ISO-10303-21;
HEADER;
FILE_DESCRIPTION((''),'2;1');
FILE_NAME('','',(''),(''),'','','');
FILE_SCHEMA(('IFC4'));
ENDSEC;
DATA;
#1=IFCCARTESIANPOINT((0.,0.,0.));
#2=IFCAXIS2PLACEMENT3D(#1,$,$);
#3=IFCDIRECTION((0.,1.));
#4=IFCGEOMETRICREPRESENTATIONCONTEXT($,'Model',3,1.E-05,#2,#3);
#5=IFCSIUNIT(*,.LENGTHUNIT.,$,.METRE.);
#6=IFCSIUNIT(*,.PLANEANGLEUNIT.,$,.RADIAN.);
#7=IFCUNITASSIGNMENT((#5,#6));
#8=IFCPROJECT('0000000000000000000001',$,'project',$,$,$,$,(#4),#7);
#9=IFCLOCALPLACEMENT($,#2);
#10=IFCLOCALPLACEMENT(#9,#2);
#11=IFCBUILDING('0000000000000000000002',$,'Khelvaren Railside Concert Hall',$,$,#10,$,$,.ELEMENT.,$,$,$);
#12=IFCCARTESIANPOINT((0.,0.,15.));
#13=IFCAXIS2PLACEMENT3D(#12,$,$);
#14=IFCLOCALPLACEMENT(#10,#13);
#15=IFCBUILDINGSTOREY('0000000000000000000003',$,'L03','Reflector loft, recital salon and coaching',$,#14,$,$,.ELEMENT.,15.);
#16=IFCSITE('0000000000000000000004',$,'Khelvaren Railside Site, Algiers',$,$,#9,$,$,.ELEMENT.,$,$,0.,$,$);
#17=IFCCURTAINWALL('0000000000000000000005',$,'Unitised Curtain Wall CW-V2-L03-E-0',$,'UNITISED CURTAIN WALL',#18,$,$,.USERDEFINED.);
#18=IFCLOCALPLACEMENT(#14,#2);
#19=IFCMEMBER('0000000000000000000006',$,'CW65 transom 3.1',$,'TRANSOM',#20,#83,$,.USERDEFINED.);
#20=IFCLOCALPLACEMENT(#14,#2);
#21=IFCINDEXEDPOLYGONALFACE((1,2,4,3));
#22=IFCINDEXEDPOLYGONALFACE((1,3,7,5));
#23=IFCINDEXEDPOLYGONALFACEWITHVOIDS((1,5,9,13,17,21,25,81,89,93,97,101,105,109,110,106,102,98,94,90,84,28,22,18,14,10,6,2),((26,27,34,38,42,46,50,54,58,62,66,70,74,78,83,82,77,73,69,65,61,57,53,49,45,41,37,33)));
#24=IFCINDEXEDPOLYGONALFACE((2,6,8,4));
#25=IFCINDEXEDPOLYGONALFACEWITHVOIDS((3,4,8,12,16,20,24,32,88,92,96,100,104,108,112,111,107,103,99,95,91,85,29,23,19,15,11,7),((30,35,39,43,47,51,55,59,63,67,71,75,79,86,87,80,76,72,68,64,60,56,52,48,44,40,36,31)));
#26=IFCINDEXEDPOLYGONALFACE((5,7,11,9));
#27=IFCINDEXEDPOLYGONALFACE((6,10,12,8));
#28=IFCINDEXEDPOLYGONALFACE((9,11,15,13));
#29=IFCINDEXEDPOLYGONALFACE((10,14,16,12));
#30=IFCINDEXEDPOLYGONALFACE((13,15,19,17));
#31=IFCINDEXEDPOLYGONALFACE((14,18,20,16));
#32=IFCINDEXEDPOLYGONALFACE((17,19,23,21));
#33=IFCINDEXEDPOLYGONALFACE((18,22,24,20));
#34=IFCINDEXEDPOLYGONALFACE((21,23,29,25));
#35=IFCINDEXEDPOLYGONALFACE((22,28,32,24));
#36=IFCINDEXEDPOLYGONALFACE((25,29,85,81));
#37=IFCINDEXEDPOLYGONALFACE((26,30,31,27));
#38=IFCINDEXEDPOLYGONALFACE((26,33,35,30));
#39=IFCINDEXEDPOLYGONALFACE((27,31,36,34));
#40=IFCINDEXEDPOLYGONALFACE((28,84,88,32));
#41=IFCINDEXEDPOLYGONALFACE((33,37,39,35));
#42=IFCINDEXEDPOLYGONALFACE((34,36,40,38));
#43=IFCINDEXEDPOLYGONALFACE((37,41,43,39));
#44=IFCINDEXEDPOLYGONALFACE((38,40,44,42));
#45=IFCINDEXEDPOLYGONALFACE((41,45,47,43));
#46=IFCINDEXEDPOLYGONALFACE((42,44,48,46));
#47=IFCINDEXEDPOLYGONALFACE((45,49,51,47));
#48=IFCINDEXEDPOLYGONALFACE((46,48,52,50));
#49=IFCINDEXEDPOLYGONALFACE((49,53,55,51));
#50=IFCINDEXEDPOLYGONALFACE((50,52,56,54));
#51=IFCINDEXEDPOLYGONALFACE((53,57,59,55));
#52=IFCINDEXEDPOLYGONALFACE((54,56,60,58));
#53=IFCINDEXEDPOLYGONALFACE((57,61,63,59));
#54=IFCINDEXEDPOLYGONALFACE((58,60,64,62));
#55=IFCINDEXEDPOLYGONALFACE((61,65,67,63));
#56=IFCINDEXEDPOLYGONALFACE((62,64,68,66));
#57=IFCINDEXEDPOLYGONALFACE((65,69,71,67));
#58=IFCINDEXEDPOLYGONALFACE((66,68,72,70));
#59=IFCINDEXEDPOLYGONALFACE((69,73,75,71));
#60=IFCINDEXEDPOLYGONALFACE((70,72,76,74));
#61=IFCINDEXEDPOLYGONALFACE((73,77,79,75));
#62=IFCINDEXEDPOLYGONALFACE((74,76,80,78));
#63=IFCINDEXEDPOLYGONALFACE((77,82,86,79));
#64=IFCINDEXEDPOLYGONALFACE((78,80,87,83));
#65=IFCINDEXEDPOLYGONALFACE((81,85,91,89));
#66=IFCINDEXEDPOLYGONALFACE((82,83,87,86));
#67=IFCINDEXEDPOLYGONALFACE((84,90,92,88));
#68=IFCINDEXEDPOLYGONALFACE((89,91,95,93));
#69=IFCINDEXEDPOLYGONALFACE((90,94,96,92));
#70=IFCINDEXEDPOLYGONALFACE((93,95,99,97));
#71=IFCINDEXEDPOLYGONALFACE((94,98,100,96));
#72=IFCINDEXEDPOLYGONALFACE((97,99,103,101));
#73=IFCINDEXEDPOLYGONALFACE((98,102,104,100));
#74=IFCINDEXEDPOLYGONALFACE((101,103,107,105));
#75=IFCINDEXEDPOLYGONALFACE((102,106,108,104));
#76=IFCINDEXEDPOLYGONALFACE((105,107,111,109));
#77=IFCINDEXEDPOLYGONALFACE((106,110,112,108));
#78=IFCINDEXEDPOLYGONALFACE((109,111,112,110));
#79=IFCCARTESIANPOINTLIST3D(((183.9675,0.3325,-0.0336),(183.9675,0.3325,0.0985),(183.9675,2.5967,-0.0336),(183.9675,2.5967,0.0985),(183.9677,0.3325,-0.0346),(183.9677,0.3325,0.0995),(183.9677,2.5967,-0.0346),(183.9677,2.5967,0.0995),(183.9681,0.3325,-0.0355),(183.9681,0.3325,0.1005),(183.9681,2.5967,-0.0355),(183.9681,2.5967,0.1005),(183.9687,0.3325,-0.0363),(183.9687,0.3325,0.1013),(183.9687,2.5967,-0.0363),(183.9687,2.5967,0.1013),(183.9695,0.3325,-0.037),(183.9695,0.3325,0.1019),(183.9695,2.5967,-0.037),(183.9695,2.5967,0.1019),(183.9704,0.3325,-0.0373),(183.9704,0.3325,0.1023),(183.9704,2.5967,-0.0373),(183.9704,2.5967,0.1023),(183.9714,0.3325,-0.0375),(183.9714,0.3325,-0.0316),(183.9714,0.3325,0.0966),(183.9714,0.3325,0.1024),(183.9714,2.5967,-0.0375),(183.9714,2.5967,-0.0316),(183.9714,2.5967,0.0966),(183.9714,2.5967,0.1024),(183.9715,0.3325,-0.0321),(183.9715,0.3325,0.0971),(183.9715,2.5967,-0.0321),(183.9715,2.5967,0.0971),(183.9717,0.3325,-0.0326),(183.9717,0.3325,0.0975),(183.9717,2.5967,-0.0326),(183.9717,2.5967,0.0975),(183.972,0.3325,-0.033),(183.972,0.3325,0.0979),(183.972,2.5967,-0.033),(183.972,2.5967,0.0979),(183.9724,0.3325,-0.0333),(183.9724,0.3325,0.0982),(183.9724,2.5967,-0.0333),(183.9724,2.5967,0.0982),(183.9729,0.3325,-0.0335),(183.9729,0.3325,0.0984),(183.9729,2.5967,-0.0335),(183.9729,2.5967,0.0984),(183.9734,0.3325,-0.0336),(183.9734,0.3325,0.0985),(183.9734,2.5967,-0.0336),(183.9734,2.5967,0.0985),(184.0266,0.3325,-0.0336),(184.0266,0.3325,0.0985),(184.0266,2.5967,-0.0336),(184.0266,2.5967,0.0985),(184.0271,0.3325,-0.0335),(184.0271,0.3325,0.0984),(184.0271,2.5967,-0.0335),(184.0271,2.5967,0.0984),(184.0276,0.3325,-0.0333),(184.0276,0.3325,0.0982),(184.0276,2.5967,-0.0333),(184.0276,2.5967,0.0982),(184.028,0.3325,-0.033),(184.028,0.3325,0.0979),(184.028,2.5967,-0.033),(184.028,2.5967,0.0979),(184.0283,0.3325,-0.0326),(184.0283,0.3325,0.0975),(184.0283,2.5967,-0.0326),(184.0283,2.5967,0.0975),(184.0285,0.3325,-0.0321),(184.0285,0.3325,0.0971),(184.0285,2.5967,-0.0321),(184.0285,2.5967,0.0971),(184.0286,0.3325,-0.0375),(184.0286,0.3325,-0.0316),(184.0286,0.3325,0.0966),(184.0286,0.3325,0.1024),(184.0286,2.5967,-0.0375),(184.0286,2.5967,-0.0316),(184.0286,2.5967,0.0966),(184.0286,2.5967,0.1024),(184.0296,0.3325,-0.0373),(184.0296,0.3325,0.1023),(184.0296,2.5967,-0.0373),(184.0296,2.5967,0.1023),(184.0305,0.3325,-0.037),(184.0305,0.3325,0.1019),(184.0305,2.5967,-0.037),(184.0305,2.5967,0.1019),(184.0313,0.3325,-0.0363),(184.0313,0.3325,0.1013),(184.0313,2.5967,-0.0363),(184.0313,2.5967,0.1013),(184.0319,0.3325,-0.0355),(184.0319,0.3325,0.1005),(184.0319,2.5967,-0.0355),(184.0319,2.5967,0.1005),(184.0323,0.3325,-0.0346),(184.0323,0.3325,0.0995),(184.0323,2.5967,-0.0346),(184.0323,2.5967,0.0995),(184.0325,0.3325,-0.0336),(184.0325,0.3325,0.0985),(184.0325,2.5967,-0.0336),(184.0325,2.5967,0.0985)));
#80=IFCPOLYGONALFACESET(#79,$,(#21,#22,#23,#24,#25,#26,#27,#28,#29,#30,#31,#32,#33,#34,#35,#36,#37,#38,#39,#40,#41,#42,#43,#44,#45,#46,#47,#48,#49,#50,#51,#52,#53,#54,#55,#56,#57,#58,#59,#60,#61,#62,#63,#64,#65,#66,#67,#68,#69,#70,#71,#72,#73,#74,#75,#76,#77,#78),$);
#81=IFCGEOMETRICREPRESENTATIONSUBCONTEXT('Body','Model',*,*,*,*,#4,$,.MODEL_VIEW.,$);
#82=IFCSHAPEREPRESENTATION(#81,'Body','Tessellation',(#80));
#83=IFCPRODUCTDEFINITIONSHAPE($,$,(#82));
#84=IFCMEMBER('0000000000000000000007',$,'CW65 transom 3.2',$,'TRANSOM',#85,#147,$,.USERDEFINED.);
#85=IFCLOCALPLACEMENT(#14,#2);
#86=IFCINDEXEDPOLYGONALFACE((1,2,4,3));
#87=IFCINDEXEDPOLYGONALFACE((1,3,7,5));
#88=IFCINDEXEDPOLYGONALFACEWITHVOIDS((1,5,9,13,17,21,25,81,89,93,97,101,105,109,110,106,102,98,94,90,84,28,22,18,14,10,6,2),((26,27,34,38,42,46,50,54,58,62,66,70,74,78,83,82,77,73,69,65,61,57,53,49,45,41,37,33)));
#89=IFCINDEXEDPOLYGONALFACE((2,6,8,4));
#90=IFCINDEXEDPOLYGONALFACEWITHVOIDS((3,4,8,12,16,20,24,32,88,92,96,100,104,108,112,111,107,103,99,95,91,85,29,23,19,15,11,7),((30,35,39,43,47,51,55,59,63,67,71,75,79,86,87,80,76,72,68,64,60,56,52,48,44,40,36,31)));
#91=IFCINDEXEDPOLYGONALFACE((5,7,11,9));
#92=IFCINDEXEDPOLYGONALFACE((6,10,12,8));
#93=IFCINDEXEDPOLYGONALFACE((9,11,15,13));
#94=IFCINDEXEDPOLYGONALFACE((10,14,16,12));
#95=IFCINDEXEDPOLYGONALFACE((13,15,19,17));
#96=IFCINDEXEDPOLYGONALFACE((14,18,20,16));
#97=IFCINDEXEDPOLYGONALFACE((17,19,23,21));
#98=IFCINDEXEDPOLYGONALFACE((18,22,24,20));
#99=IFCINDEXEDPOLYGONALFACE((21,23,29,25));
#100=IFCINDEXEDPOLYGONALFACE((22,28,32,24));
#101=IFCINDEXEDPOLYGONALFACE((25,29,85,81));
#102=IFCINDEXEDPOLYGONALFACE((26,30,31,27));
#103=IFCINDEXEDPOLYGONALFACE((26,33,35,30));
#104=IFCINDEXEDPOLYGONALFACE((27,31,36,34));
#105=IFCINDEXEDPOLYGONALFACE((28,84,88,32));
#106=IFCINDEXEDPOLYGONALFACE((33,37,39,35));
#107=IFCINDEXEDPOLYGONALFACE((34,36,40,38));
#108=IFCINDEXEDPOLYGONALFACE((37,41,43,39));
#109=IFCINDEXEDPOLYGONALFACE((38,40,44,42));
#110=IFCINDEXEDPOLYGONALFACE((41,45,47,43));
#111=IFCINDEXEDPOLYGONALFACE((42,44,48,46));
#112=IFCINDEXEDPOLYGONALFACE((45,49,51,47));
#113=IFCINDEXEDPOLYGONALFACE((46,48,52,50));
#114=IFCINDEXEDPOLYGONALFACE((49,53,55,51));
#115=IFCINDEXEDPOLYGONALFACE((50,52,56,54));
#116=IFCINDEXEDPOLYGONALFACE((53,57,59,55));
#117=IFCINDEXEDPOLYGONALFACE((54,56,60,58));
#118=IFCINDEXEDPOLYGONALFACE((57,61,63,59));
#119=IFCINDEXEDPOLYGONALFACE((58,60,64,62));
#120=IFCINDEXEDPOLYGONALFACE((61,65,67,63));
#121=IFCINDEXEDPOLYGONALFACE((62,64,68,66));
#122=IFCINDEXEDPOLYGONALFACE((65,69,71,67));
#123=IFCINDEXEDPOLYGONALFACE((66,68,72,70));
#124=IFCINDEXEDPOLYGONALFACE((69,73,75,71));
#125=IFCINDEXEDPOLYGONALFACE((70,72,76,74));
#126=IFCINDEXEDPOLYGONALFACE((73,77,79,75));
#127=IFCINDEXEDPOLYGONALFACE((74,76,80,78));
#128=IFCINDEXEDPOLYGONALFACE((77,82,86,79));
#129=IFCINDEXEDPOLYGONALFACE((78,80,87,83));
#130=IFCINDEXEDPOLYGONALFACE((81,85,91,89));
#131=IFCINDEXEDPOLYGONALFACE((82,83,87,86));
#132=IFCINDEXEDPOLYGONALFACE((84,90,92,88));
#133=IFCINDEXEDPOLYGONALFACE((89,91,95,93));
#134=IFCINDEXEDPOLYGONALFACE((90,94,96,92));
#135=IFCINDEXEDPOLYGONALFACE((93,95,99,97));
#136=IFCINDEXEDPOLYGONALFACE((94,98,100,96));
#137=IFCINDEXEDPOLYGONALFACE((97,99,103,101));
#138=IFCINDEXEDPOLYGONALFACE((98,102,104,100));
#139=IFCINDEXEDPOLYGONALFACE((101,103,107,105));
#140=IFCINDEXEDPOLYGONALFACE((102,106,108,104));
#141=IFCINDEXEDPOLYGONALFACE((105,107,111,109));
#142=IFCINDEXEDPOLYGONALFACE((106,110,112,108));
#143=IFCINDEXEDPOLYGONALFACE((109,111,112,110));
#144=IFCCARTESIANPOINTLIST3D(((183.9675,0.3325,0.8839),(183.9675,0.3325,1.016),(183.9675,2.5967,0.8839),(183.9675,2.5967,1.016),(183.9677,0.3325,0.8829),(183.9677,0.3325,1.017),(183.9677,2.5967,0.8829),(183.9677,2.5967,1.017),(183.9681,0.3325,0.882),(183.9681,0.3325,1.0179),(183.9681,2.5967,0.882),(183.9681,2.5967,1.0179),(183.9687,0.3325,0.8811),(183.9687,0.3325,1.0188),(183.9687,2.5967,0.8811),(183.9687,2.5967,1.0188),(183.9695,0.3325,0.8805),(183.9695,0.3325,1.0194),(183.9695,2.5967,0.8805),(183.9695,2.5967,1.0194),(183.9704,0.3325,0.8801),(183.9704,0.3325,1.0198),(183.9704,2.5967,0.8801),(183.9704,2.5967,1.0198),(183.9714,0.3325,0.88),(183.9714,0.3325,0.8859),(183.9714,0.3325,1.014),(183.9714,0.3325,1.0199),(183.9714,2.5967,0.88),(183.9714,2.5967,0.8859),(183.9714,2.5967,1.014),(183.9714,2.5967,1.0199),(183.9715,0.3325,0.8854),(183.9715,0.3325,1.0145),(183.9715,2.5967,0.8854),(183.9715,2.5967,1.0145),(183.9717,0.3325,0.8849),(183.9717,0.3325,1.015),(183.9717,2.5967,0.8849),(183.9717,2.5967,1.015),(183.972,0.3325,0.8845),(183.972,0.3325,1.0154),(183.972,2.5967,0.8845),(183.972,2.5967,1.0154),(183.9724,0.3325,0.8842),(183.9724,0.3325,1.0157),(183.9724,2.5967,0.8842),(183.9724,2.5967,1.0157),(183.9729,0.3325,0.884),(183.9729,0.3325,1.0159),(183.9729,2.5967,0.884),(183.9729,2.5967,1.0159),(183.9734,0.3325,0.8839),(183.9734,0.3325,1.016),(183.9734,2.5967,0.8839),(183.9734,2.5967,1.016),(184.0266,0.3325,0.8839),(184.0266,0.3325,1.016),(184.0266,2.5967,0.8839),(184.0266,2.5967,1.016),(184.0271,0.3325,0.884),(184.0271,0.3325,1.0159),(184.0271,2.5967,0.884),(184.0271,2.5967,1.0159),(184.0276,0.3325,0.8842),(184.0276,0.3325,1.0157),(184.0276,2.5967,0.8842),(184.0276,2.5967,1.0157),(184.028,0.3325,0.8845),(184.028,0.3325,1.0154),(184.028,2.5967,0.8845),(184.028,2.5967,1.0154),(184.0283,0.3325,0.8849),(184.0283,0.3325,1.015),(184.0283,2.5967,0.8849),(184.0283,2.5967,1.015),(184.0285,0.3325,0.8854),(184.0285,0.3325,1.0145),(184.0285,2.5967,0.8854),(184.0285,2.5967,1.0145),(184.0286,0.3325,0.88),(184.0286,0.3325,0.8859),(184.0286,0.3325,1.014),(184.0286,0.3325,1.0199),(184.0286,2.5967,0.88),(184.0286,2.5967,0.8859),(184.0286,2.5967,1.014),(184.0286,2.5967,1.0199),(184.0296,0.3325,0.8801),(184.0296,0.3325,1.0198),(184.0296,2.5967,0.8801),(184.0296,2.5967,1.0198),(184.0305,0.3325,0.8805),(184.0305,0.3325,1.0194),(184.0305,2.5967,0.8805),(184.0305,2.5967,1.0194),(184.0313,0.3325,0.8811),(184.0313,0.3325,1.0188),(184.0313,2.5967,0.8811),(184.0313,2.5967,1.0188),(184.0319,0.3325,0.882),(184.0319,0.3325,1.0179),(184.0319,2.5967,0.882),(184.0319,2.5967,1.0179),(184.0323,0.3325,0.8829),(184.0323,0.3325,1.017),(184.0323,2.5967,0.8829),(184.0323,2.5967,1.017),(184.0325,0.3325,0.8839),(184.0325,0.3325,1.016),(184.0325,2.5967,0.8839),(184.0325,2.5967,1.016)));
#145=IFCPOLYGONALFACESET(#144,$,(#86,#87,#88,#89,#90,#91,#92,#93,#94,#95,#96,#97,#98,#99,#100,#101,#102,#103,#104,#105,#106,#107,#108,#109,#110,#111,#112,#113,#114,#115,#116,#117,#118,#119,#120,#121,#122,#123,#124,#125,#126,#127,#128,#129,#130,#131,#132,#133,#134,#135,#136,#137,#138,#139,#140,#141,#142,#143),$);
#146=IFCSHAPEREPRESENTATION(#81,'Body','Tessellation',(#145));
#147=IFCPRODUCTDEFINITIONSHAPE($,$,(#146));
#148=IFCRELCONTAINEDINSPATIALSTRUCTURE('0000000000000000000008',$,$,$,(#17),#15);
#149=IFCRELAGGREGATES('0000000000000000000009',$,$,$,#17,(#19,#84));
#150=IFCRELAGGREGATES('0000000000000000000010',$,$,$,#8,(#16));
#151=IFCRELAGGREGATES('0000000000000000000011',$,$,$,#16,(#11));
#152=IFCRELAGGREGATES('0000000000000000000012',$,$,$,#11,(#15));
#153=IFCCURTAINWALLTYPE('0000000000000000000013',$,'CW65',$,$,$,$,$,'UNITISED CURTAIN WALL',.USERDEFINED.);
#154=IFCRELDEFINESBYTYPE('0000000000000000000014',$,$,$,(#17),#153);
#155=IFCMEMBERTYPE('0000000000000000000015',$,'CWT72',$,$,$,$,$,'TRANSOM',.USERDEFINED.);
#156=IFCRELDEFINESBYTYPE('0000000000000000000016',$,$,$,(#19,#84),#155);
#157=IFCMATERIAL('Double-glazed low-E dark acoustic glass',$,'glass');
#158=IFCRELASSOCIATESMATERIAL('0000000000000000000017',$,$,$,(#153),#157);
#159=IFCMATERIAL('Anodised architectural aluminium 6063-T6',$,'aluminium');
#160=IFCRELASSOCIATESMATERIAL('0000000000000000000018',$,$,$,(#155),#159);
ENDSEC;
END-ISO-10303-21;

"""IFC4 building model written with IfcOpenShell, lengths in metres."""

from ifc_helpers import new_model, si_unit, direction, frame, origin, origin_2d, place, context, subcontext, project, spatial, hollow_rectangle, extrude, material, material_profile, profile_set, type_object, element, aggregate, save


model = new_model("IFC4")

# Units and contexts
model_context = context("Model", 3, precision=1e-05, world=origin(), true_north=direction((0.0, 1.0)))
body_context = subcontext(model_context, "Body", "Model", "MODEL_VIEW")
ifc_project = project(units=[si_unit("LENGTHUNIT", "METRE"), si_unit("PLANEANGLEUNIT", "RADIAN")], contexts=[model_context])

# Site, building, storey
site_placement = place(None, origin())
site = spatial("IfcSite", under=ifc_project, at=site_placement, Name="Khelvaren Railside Site, Algiers", CompositionType="ELEMENT", RefElevation=0.0)
building_placement = place(site_placement, origin())
building = spatial("IfcBuilding", under=site, at=building_placement, Name="Khelvaren Railside Concert Hall", CompositionType="ELEMENT")
storey_placement = place(building_placement, frame((0.0, 0.0, 15.0)))
storey = spatial("IfcBuildingStorey", under=building, at=storey_placement, Name="L03", Description="Reflector loft, recital salon and coaching", CompositionType="ELEMENT", Elevation=15.0)

# Curtain wall
ifc_material_1 = material(Name="Double-glazed low-E dark acoustic glass", Category="glass")
ifc_material_2 = material(Name="Anodised architectural aluminium 6063-T6", Category="aluminium")
curtain_wall_type_1 = type_object("IfcCurtainWallType", Name="CW65", ElementType="UNITISED CURTAIN WALL", PredefinedType="USERDEFINED", material=ifc_material_1)
curtain_wall_1_placement = place(storey_placement, origin())
curtain_wall_1 = element("IfcCurtainWall", 1, at=curtain_wall_1_placement, inside=storey, type_object=curtain_wall_type_1, Name="Unitised Curtain Wall CW-V2-L03-E-0", ObjectType="UNITISED CURTAIN WALL", PredefinedType="USERDEFINED")

# Members
ifc_material_profile_1 = material_profile(ifc_material_2, hollow_rectangle(XDim=0.0649, YDim=0.1399, WallThickness=0.0039, InnerFilletRadius=0.002, OuterFilletRadius=0.0039, at=origin_2d()), Name="CWT 65x140x4")
ifc_profile_set_1 = profile_set([ifc_material_profile_1], Name="Anodised architectural aluminium 6063-T6")
member_type_1 = type_object("IfcMemberType", Name="CWT72", ElementType="TRANSOM", PredefinedType="USERDEFINED", material=ifc_profile_set_1)
member_1_placement = place(storey_placement, frame((184.0, 2.5967, 0.0325), z_axis=(0.0, -1.0, 0.0), x_axis=(1.0, 0.0, 0.0)))
member_1 = element("IfcMember", 2, at=member_1_placement, type_object=member_type_1, Name="CW65 transom 3.1", ObjectType="TRANSOM", PredefinedType="USERDEFINED", context=body_context, shape_type="SweptSolid", body=[
    extrude(hollow_rectangle(XDim=0.0649, YDim=0.1399, WallThickness=0.0039, InnerFilletRadius=0.002, OuterFilletRadius=0.0039, at=origin_2d()), origin(), (0.0, 0.0, 1.0), 2.2642),
])
member_2_placement = place(storey_placement, frame((184.0, 2.5967, 0.95), z_axis=(0.0, -1.0, 0.0), x_axis=(1.0, 0.0, 0.0)))
member_2 = element("IfcMember", 3, at=member_2_placement, type_object=member_type_1, Name="CW65 transom 3.2", ObjectType="TRANSOM", PredefinedType="USERDEFINED", context=body_context, shape_type="SweptSolid", body=[
    extrude(hollow_rectangle(XDim=0.0649, YDim=0.1399, WallThickness=0.0039, InnerFilletRadius=0.002, OuterFilletRadius=0.0039, at=origin_2d()), origin(), (0.0, 0.0, 1.0), 2.2642),
])

aggregate(curtain_wall_1, [member_1, member_2])

save(model, "model.ifc")
